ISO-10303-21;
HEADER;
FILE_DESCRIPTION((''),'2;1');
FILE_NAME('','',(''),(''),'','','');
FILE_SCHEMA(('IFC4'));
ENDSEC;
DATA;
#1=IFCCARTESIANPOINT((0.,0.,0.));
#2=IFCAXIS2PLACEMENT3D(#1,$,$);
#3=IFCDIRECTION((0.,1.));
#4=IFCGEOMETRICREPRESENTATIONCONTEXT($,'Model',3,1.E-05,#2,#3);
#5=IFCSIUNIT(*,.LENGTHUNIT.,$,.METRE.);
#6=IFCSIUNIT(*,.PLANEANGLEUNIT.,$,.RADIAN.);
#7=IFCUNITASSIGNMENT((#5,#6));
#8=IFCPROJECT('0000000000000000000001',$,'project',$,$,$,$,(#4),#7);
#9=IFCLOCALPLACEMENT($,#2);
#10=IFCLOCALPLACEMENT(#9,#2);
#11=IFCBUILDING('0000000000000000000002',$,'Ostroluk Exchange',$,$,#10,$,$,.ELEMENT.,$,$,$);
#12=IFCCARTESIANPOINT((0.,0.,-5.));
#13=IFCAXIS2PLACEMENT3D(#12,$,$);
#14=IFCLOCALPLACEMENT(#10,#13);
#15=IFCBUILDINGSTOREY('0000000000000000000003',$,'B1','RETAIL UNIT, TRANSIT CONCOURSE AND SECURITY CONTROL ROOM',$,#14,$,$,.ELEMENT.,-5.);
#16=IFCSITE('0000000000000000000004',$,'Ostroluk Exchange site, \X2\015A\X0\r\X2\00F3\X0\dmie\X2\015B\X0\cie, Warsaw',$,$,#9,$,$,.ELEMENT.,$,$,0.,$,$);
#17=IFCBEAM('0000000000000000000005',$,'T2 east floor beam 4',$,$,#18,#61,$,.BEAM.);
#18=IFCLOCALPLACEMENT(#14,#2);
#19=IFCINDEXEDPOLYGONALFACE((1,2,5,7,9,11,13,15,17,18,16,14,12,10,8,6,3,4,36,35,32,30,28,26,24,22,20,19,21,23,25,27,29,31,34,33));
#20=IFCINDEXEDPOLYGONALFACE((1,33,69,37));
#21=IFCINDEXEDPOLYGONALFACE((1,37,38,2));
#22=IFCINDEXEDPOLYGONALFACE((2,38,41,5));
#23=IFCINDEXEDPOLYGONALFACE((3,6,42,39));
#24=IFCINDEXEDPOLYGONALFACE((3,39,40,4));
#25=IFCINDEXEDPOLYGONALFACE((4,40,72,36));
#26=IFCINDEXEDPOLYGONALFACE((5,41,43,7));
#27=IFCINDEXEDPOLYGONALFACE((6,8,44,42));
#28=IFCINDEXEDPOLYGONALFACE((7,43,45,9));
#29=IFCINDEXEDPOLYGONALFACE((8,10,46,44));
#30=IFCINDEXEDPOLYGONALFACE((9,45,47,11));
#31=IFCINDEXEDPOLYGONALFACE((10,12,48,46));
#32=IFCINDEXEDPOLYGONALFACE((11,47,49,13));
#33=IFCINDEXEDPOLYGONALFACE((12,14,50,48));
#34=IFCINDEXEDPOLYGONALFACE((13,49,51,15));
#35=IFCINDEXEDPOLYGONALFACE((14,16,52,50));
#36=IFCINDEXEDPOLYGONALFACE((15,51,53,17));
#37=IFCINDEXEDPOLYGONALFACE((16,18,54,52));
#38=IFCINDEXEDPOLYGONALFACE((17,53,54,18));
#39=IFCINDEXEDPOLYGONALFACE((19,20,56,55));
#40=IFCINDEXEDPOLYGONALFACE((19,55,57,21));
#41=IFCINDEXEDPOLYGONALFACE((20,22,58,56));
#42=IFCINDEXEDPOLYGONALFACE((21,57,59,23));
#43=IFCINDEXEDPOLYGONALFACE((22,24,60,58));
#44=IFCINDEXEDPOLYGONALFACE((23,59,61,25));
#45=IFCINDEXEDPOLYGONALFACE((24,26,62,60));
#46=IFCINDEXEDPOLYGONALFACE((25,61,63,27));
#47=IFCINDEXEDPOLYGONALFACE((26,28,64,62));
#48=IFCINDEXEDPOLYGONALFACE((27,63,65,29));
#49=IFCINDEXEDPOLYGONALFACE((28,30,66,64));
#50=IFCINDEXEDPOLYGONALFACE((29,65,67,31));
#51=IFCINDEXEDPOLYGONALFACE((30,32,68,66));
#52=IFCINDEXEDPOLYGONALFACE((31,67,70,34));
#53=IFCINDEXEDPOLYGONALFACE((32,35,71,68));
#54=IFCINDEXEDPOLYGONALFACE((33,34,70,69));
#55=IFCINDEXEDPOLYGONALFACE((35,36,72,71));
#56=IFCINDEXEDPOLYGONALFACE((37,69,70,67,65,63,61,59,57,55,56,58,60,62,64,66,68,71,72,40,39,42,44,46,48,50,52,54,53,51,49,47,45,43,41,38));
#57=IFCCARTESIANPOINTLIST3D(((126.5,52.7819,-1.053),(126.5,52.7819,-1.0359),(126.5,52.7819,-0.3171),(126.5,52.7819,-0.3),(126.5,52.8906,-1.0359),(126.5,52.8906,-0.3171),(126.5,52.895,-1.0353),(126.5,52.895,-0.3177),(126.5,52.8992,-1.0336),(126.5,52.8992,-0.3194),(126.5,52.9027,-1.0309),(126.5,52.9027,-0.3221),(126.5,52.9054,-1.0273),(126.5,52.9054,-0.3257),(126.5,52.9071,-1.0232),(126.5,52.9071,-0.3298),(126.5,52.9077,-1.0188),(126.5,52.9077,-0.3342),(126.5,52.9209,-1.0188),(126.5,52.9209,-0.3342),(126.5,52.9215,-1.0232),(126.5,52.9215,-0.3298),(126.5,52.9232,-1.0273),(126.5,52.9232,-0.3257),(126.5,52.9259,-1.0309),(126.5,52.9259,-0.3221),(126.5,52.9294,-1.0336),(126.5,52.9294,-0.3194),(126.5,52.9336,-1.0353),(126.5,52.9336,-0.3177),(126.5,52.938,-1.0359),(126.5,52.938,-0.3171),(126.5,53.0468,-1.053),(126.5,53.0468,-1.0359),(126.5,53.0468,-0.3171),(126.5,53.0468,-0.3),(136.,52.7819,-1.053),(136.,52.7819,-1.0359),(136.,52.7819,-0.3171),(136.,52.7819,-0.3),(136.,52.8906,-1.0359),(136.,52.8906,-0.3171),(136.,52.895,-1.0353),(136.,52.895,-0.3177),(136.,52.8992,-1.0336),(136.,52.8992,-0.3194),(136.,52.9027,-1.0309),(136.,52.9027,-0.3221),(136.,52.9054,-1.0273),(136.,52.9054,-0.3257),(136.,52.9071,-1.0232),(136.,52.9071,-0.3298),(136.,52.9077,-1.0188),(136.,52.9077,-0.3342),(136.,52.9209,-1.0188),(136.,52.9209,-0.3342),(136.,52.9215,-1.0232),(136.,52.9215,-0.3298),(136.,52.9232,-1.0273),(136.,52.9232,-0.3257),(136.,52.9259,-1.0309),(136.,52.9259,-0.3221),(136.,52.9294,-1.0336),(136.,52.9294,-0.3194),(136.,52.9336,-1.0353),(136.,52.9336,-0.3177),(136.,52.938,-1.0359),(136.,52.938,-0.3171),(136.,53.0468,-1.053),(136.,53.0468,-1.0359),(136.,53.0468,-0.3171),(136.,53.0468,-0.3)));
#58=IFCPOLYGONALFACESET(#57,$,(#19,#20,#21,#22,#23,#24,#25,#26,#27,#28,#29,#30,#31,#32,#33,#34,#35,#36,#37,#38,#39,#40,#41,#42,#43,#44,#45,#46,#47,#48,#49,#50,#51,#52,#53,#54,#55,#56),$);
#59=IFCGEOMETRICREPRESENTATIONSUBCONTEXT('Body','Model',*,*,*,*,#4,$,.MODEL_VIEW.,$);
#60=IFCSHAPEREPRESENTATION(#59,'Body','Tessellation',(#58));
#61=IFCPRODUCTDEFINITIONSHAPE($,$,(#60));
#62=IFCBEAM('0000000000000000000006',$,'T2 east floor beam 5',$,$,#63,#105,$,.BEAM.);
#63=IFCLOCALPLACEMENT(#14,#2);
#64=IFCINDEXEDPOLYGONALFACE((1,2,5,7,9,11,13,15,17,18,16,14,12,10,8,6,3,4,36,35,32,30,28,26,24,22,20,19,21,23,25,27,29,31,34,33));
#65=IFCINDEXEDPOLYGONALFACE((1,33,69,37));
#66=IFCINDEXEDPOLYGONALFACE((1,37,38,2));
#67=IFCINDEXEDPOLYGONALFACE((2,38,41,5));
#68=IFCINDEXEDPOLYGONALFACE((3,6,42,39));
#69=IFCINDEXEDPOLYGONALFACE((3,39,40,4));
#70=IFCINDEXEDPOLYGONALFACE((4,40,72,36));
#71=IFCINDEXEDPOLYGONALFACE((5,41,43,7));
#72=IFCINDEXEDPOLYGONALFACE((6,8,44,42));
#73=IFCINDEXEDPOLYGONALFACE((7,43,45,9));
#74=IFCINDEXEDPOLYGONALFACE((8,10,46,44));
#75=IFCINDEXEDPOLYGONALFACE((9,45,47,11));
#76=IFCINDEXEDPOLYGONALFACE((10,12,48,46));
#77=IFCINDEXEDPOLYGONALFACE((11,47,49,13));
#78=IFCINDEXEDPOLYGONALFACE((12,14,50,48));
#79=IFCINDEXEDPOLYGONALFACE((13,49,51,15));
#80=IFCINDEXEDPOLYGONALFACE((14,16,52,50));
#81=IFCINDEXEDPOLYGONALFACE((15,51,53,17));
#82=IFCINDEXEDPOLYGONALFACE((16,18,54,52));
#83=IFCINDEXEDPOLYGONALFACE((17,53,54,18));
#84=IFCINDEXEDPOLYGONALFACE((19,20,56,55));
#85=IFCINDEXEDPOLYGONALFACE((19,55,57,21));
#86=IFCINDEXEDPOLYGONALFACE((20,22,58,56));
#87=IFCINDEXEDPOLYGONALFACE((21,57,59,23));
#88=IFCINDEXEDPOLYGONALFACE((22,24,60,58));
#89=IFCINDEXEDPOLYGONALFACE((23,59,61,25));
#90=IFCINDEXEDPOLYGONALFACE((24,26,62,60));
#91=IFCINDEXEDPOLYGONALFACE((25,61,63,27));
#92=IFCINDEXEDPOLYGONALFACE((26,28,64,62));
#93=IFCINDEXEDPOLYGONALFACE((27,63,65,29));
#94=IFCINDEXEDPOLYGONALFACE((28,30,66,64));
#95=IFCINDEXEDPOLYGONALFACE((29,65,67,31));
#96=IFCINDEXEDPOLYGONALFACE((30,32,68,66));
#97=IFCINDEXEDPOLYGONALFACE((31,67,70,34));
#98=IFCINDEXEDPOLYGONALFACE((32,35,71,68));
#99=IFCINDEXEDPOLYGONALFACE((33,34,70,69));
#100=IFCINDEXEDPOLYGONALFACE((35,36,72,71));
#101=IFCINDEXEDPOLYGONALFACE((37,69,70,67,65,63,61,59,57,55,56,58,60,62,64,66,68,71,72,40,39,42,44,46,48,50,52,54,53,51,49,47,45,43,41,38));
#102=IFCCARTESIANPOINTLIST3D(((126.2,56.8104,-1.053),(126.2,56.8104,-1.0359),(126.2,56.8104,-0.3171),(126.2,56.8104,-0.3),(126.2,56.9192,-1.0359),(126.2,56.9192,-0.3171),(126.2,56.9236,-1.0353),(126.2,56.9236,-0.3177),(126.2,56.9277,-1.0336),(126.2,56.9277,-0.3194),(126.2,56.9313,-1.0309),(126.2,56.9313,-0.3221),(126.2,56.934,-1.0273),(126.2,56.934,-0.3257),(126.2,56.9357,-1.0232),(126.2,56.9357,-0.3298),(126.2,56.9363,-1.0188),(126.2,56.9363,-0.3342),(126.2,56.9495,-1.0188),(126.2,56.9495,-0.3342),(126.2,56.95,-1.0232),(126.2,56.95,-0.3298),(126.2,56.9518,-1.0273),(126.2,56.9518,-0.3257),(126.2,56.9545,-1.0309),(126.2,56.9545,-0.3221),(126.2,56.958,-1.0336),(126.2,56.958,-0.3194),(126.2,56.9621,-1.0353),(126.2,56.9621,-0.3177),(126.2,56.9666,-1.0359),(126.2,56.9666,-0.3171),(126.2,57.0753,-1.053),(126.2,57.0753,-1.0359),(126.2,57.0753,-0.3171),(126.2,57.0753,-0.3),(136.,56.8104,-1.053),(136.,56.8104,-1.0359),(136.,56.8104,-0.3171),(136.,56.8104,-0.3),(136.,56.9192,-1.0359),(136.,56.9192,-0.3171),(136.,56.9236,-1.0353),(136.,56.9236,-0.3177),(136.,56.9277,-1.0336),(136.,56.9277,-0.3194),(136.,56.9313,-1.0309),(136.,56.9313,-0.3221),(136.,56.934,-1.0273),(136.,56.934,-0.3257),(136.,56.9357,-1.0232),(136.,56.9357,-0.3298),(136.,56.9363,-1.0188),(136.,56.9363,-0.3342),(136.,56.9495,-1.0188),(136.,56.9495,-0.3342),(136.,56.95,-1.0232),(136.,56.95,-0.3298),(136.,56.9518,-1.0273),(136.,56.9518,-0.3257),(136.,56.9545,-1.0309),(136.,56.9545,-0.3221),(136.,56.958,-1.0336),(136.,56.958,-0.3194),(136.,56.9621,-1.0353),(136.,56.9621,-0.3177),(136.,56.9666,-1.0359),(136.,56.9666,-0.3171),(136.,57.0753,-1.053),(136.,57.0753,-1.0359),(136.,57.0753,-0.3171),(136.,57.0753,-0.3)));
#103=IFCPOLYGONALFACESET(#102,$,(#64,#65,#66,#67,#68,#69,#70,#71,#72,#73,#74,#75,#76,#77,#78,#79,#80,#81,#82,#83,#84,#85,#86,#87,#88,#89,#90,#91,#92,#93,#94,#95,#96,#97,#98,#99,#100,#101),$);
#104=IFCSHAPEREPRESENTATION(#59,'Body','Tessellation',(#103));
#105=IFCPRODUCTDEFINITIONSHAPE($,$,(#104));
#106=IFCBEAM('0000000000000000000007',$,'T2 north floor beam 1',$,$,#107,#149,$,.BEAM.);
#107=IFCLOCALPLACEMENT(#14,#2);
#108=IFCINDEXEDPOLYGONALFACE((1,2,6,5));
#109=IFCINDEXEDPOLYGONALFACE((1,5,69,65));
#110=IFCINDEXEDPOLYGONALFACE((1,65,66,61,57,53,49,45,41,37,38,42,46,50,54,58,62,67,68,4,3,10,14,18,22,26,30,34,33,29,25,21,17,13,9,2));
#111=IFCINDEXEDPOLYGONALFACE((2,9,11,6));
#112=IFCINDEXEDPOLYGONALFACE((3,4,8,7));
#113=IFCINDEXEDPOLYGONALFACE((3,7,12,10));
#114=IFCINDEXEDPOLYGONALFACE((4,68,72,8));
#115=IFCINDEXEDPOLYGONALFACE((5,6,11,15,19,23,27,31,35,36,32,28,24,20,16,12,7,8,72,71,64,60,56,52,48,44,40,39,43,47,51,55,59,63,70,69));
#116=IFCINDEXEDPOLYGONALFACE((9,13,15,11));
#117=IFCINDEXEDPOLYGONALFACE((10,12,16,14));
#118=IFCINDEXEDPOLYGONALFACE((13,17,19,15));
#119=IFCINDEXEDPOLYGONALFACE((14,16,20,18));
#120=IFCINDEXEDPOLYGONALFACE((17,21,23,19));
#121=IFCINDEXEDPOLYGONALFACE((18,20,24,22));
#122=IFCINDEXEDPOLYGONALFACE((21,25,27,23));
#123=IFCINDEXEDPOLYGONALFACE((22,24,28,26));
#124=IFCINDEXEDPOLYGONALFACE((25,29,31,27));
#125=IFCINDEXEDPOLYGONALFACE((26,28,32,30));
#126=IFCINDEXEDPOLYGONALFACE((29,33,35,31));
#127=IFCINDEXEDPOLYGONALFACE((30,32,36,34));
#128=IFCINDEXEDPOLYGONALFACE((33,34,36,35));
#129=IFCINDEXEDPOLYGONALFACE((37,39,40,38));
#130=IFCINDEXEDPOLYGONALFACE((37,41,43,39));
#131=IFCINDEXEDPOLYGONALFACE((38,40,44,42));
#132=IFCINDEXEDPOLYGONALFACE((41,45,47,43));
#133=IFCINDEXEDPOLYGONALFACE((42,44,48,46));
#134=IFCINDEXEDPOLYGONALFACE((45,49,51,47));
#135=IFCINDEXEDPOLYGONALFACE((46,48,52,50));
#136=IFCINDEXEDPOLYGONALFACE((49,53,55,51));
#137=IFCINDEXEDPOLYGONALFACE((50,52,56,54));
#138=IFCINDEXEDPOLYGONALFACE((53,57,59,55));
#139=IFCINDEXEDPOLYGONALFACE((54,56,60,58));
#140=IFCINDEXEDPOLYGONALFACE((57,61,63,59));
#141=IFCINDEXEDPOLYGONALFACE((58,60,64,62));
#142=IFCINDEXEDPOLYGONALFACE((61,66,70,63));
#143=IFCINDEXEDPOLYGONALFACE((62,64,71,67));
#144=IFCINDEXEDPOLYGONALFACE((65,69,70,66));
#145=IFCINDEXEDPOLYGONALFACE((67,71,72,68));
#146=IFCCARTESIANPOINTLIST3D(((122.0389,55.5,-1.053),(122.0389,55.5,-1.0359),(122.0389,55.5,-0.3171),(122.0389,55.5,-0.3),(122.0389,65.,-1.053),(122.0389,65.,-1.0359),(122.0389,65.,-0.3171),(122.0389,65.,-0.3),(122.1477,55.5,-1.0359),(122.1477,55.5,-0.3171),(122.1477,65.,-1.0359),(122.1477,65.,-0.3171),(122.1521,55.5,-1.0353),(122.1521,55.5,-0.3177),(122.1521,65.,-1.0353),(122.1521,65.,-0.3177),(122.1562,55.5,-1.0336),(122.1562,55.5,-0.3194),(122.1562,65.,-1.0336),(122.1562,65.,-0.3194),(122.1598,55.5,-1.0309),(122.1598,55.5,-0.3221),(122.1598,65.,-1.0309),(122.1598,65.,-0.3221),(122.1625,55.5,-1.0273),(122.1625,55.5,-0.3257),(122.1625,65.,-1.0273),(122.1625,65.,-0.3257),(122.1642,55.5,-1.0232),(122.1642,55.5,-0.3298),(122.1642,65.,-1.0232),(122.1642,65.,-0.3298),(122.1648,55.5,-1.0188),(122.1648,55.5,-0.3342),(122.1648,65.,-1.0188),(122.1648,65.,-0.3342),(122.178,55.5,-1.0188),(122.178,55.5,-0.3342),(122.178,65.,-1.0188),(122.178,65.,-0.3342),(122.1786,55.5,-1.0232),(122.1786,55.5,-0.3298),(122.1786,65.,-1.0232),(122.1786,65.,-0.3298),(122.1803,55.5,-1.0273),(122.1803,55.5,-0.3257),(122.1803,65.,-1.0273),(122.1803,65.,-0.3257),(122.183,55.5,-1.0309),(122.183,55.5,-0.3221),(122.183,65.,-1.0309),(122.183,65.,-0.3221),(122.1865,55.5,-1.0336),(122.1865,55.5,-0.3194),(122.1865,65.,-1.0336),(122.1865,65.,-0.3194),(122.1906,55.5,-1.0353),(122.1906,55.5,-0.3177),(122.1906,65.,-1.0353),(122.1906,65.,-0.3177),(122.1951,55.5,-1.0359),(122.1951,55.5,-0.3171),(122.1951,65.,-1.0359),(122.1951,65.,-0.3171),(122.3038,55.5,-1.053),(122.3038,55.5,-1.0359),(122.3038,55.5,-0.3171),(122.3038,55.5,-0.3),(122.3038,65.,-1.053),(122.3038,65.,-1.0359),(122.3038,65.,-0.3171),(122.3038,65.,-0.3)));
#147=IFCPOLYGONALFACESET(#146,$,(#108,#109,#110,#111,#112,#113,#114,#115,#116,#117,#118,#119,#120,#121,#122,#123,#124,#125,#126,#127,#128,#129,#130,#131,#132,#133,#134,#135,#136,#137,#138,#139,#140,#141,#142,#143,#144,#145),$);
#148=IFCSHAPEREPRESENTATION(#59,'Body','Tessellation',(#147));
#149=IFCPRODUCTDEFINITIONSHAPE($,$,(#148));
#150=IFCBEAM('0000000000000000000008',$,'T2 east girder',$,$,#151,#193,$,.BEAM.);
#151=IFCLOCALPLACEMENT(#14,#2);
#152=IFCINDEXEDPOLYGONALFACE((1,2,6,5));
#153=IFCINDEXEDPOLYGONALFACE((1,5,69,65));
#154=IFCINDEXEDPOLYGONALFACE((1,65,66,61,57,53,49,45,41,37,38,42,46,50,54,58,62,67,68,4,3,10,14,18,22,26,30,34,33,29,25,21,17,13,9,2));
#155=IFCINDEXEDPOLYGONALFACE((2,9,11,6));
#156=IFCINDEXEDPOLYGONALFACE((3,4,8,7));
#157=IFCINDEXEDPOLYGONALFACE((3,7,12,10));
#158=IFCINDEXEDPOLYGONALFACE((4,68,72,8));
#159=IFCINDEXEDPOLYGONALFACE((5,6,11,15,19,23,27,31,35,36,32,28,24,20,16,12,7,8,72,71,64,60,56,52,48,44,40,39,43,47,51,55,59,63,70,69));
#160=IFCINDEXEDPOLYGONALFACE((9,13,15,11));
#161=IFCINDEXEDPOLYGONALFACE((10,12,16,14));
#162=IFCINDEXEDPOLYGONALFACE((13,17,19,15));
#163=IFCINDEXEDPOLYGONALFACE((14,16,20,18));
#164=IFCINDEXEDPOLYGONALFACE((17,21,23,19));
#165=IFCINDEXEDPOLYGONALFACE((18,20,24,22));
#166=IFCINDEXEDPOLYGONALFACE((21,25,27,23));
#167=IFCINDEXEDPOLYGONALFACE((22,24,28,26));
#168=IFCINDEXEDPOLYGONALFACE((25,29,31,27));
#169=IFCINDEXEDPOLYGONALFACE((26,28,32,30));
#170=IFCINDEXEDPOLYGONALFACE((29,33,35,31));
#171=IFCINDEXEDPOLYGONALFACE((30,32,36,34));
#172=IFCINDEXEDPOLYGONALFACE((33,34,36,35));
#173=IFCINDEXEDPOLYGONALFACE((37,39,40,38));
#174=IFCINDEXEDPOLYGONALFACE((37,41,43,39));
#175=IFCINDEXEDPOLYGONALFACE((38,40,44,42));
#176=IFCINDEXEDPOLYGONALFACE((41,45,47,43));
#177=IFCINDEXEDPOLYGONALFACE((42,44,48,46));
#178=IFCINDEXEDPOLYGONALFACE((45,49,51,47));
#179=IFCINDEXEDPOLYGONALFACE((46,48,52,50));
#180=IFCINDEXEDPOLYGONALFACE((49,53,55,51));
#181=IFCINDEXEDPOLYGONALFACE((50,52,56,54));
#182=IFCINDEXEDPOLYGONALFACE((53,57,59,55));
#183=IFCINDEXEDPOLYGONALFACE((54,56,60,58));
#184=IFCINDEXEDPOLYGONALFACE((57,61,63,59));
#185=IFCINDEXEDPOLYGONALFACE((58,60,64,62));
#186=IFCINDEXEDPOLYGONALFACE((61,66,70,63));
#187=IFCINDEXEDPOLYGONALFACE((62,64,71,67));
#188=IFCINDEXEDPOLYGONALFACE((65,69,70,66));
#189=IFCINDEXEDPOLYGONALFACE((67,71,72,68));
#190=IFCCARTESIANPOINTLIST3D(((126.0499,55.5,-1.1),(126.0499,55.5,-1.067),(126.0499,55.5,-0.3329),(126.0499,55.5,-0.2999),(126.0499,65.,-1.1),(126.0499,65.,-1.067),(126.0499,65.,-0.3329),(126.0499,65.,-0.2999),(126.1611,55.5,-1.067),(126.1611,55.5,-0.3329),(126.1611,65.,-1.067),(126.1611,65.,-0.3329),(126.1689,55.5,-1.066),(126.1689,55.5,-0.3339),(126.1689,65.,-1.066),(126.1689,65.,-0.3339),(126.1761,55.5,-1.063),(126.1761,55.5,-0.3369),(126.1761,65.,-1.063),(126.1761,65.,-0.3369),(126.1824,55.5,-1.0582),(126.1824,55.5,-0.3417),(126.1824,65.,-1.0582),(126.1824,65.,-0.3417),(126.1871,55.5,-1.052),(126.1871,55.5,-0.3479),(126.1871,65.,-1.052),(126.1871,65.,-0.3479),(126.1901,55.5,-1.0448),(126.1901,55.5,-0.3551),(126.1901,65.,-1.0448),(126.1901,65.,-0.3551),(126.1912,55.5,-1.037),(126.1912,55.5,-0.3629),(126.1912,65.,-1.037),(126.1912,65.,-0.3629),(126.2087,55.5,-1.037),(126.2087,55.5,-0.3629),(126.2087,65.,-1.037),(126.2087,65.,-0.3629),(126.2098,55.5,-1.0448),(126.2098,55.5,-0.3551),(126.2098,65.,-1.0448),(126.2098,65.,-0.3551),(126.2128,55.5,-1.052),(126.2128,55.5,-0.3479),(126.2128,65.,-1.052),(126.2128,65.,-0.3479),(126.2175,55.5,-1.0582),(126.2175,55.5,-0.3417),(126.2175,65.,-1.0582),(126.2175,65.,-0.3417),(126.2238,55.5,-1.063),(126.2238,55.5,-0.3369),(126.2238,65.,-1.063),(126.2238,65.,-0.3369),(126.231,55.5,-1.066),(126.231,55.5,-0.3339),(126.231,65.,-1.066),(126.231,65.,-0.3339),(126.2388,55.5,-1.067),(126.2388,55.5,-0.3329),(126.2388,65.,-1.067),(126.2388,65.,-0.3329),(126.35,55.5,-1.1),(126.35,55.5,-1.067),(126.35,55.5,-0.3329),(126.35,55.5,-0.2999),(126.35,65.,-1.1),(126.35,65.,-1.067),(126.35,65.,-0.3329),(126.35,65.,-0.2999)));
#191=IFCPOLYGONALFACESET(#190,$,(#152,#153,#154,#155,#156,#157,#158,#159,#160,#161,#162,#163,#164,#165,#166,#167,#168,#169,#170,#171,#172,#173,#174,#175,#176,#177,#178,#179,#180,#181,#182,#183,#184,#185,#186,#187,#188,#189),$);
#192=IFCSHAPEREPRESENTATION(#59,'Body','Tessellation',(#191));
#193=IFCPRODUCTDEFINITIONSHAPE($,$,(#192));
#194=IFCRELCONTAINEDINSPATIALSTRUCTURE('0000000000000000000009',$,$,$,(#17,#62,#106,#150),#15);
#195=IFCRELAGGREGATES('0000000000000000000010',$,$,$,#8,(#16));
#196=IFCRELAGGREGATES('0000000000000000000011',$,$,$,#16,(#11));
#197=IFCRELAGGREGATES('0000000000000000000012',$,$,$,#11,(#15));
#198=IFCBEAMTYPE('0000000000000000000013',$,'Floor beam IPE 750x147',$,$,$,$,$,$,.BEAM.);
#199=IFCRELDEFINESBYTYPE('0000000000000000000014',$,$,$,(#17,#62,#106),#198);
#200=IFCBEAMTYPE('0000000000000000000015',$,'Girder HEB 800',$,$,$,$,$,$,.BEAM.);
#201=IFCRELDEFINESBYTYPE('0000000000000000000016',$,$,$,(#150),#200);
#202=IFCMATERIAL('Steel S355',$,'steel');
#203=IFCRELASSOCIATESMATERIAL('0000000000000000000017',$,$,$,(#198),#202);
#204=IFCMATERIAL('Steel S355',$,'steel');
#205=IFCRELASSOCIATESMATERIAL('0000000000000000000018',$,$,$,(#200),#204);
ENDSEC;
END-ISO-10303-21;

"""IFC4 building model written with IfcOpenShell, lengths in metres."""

from ifc_helpers import new_model, si_unit, direction, frame, origin, origin_2d, place, context, subcontext, project, spatial, i_section, extrude, material, material_profile, profile_set, type_object, element, save


model = new_model("IFC4")

# Units and contexts
model_context = context("Model", 3, precision=1e-05, world=origin(), true_north=direction((0.0, 1.0)))
body_context = subcontext(model_context, "Body", "Model", "MODEL_VIEW")
ifc_project = project(units=[si_unit("LENGTHUNIT", "METRE"), si_unit("PLANEANGLEUNIT", "RADIAN")], contexts=[model_context])

# Site, building, storey
site_placement = place(None, origin())
site = spatial("IfcSite", under=ifc_project, at=site_placement, Name="Ostroluk Exchange site, Śródmieście, Warsaw", CompositionType="ELEMENT", RefElevation=0.0)
building_placement = place(site_placement, origin())
building = spatial("IfcBuilding", under=site, at=building_placement, Name="Ostroluk Exchange", CompositionType="ELEMENT")
storey_placement = place(building_placement, frame((0.0, 0.0, -5.0)))
storey = spatial("IfcBuildingStorey", under=building, at=storey_placement, Name="B1", Description="RETAIL UNIT, TRANSIT CONCOURSE AND SECURITY CONTROL ROOM", CompositionType="ELEMENT", Elevation=-5.0)

# Beams
ifc_material_1 = material(Name="Steel S355", Category="steel")
ifc_material_profile_1 = material_profile(ifc_material_1, i_section(OverallWidth=0.2649, OverallDepth=0.7529, WebThickness=0.0132, FlangeThickness=0.0171, FilletRadius=0.0171, at=origin_2d()), Name="IPE 750x147")
ifc_profile_set_1 = profile_set([ifc_material_profile_1], Name="Steel S355")
beam_type_1 = type_object("IfcBeamType", Name="Floor beam IPE 750x147", PredefinedType="BEAM", material=ifc_profile_set_1)
for number, where, z_axis, x_axis, name in (
    (1, (126.5, 52.9143, -0.6765), (1.0, 0.0, 0.0), (0.0, 1.0, 0.0), "T2 east floor beam 4"),
):
    element("IfcBeam", number, at=place(storey_placement, frame(where, z_axis=z_axis, x_axis=x_axis)), inside=storey, type_object=beam_type_1, Name=name, PredefinedType="BEAM", context=body_context, shape_type="SweptSolid", body=[
        extrude(i_section(OverallWidth=0.2649, OverallDepth=0.7529, WebThickness=0.0132, FlangeThickness=0.0171, FilletRadius=0.0171, at=origin_2d()), origin(), (0.0, 0.0, 1.0), 9.5),
    ])
beam_1_placement = place(storey_placement, frame((126.2, 56.9429, -0.6765), z_axis=(1.0, 0.0, 0.0), x_axis=(0.0, 1.0, 0.0)))
element("IfcBeam", 2, at=beam_1_placement, inside=storey, type_object=beam_type_1, Name="T2 east floor beam 5", PredefinedType="BEAM", context=body_context, shape_type="SweptSolid", body=[
    extrude(i_section(OverallWidth=0.2649, OverallDepth=0.7529, WebThickness=0.0132, FlangeThickness=0.0171, FilletRadius=0.0171, at=origin_2d()), origin(), (0.0, 0.0, 1.0), 9.8),
])
beam_2_placement = place(storey_placement, frame((122.1714, 55.5, -0.6765), z_axis=(0.0, 1.0, 0.0), x_axis=(-1.0, 0.0, 0.0)))
element("IfcBeam", 3, at=beam_2_placement, inside=storey, type_object=beam_type_1, Name="T2 north floor beam 1", PredefinedType="BEAM", context=body_context, shape_type="SweptSolid", body=[
    extrude(i_section(OverallWidth=0.2649, OverallDepth=0.7529, WebThickness=0.0132, FlangeThickness=0.0171, FilletRadius=0.0171, at=origin_2d()), origin(), (0.0, 0.0, 1.0), 9.5),
])
ifc_material_2 = material(Name="Steel S355", Category="steel")
ifc_material_profile_2 = material_profile(ifc_material_2, i_section(OverallWidth=0.3, OverallDepth=0.8, WebThickness=0.0176, FlangeThickness=0.033, FilletRadius=0.03, at=origin_2d()), Name="HEB 800")
ifc_profile_set_2 = profile_set([ifc_material_profile_2], Name="Steel S355")
beam_type_2 = type_object("IfcBeamType", Name="Girder HEB 800", PredefinedType="BEAM", material=ifc_profile_set_2)
beam_3_placement = place(storey_placement, frame((126.2, 55.5, -0.7), z_axis=(0.0, 1.0, 0.0), x_axis=(-1.0, 0.0, 0.0)))
element("IfcBeam", 4, at=beam_3_placement, inside=storey, type_object=beam_type_2, Name="T2 east girder", PredefinedType="BEAM", context=body_context, shape_type="SweptSolid", body=[
    extrude(i_section(OverallWidth=0.3, OverallDepth=0.8, WebThickness=0.0176, FlangeThickness=0.033, FilletRadius=0.03, at=origin_2d()), origin(), (0.0, 0.0, 1.0), 9.5),
])

save(model, "model.ifc")
